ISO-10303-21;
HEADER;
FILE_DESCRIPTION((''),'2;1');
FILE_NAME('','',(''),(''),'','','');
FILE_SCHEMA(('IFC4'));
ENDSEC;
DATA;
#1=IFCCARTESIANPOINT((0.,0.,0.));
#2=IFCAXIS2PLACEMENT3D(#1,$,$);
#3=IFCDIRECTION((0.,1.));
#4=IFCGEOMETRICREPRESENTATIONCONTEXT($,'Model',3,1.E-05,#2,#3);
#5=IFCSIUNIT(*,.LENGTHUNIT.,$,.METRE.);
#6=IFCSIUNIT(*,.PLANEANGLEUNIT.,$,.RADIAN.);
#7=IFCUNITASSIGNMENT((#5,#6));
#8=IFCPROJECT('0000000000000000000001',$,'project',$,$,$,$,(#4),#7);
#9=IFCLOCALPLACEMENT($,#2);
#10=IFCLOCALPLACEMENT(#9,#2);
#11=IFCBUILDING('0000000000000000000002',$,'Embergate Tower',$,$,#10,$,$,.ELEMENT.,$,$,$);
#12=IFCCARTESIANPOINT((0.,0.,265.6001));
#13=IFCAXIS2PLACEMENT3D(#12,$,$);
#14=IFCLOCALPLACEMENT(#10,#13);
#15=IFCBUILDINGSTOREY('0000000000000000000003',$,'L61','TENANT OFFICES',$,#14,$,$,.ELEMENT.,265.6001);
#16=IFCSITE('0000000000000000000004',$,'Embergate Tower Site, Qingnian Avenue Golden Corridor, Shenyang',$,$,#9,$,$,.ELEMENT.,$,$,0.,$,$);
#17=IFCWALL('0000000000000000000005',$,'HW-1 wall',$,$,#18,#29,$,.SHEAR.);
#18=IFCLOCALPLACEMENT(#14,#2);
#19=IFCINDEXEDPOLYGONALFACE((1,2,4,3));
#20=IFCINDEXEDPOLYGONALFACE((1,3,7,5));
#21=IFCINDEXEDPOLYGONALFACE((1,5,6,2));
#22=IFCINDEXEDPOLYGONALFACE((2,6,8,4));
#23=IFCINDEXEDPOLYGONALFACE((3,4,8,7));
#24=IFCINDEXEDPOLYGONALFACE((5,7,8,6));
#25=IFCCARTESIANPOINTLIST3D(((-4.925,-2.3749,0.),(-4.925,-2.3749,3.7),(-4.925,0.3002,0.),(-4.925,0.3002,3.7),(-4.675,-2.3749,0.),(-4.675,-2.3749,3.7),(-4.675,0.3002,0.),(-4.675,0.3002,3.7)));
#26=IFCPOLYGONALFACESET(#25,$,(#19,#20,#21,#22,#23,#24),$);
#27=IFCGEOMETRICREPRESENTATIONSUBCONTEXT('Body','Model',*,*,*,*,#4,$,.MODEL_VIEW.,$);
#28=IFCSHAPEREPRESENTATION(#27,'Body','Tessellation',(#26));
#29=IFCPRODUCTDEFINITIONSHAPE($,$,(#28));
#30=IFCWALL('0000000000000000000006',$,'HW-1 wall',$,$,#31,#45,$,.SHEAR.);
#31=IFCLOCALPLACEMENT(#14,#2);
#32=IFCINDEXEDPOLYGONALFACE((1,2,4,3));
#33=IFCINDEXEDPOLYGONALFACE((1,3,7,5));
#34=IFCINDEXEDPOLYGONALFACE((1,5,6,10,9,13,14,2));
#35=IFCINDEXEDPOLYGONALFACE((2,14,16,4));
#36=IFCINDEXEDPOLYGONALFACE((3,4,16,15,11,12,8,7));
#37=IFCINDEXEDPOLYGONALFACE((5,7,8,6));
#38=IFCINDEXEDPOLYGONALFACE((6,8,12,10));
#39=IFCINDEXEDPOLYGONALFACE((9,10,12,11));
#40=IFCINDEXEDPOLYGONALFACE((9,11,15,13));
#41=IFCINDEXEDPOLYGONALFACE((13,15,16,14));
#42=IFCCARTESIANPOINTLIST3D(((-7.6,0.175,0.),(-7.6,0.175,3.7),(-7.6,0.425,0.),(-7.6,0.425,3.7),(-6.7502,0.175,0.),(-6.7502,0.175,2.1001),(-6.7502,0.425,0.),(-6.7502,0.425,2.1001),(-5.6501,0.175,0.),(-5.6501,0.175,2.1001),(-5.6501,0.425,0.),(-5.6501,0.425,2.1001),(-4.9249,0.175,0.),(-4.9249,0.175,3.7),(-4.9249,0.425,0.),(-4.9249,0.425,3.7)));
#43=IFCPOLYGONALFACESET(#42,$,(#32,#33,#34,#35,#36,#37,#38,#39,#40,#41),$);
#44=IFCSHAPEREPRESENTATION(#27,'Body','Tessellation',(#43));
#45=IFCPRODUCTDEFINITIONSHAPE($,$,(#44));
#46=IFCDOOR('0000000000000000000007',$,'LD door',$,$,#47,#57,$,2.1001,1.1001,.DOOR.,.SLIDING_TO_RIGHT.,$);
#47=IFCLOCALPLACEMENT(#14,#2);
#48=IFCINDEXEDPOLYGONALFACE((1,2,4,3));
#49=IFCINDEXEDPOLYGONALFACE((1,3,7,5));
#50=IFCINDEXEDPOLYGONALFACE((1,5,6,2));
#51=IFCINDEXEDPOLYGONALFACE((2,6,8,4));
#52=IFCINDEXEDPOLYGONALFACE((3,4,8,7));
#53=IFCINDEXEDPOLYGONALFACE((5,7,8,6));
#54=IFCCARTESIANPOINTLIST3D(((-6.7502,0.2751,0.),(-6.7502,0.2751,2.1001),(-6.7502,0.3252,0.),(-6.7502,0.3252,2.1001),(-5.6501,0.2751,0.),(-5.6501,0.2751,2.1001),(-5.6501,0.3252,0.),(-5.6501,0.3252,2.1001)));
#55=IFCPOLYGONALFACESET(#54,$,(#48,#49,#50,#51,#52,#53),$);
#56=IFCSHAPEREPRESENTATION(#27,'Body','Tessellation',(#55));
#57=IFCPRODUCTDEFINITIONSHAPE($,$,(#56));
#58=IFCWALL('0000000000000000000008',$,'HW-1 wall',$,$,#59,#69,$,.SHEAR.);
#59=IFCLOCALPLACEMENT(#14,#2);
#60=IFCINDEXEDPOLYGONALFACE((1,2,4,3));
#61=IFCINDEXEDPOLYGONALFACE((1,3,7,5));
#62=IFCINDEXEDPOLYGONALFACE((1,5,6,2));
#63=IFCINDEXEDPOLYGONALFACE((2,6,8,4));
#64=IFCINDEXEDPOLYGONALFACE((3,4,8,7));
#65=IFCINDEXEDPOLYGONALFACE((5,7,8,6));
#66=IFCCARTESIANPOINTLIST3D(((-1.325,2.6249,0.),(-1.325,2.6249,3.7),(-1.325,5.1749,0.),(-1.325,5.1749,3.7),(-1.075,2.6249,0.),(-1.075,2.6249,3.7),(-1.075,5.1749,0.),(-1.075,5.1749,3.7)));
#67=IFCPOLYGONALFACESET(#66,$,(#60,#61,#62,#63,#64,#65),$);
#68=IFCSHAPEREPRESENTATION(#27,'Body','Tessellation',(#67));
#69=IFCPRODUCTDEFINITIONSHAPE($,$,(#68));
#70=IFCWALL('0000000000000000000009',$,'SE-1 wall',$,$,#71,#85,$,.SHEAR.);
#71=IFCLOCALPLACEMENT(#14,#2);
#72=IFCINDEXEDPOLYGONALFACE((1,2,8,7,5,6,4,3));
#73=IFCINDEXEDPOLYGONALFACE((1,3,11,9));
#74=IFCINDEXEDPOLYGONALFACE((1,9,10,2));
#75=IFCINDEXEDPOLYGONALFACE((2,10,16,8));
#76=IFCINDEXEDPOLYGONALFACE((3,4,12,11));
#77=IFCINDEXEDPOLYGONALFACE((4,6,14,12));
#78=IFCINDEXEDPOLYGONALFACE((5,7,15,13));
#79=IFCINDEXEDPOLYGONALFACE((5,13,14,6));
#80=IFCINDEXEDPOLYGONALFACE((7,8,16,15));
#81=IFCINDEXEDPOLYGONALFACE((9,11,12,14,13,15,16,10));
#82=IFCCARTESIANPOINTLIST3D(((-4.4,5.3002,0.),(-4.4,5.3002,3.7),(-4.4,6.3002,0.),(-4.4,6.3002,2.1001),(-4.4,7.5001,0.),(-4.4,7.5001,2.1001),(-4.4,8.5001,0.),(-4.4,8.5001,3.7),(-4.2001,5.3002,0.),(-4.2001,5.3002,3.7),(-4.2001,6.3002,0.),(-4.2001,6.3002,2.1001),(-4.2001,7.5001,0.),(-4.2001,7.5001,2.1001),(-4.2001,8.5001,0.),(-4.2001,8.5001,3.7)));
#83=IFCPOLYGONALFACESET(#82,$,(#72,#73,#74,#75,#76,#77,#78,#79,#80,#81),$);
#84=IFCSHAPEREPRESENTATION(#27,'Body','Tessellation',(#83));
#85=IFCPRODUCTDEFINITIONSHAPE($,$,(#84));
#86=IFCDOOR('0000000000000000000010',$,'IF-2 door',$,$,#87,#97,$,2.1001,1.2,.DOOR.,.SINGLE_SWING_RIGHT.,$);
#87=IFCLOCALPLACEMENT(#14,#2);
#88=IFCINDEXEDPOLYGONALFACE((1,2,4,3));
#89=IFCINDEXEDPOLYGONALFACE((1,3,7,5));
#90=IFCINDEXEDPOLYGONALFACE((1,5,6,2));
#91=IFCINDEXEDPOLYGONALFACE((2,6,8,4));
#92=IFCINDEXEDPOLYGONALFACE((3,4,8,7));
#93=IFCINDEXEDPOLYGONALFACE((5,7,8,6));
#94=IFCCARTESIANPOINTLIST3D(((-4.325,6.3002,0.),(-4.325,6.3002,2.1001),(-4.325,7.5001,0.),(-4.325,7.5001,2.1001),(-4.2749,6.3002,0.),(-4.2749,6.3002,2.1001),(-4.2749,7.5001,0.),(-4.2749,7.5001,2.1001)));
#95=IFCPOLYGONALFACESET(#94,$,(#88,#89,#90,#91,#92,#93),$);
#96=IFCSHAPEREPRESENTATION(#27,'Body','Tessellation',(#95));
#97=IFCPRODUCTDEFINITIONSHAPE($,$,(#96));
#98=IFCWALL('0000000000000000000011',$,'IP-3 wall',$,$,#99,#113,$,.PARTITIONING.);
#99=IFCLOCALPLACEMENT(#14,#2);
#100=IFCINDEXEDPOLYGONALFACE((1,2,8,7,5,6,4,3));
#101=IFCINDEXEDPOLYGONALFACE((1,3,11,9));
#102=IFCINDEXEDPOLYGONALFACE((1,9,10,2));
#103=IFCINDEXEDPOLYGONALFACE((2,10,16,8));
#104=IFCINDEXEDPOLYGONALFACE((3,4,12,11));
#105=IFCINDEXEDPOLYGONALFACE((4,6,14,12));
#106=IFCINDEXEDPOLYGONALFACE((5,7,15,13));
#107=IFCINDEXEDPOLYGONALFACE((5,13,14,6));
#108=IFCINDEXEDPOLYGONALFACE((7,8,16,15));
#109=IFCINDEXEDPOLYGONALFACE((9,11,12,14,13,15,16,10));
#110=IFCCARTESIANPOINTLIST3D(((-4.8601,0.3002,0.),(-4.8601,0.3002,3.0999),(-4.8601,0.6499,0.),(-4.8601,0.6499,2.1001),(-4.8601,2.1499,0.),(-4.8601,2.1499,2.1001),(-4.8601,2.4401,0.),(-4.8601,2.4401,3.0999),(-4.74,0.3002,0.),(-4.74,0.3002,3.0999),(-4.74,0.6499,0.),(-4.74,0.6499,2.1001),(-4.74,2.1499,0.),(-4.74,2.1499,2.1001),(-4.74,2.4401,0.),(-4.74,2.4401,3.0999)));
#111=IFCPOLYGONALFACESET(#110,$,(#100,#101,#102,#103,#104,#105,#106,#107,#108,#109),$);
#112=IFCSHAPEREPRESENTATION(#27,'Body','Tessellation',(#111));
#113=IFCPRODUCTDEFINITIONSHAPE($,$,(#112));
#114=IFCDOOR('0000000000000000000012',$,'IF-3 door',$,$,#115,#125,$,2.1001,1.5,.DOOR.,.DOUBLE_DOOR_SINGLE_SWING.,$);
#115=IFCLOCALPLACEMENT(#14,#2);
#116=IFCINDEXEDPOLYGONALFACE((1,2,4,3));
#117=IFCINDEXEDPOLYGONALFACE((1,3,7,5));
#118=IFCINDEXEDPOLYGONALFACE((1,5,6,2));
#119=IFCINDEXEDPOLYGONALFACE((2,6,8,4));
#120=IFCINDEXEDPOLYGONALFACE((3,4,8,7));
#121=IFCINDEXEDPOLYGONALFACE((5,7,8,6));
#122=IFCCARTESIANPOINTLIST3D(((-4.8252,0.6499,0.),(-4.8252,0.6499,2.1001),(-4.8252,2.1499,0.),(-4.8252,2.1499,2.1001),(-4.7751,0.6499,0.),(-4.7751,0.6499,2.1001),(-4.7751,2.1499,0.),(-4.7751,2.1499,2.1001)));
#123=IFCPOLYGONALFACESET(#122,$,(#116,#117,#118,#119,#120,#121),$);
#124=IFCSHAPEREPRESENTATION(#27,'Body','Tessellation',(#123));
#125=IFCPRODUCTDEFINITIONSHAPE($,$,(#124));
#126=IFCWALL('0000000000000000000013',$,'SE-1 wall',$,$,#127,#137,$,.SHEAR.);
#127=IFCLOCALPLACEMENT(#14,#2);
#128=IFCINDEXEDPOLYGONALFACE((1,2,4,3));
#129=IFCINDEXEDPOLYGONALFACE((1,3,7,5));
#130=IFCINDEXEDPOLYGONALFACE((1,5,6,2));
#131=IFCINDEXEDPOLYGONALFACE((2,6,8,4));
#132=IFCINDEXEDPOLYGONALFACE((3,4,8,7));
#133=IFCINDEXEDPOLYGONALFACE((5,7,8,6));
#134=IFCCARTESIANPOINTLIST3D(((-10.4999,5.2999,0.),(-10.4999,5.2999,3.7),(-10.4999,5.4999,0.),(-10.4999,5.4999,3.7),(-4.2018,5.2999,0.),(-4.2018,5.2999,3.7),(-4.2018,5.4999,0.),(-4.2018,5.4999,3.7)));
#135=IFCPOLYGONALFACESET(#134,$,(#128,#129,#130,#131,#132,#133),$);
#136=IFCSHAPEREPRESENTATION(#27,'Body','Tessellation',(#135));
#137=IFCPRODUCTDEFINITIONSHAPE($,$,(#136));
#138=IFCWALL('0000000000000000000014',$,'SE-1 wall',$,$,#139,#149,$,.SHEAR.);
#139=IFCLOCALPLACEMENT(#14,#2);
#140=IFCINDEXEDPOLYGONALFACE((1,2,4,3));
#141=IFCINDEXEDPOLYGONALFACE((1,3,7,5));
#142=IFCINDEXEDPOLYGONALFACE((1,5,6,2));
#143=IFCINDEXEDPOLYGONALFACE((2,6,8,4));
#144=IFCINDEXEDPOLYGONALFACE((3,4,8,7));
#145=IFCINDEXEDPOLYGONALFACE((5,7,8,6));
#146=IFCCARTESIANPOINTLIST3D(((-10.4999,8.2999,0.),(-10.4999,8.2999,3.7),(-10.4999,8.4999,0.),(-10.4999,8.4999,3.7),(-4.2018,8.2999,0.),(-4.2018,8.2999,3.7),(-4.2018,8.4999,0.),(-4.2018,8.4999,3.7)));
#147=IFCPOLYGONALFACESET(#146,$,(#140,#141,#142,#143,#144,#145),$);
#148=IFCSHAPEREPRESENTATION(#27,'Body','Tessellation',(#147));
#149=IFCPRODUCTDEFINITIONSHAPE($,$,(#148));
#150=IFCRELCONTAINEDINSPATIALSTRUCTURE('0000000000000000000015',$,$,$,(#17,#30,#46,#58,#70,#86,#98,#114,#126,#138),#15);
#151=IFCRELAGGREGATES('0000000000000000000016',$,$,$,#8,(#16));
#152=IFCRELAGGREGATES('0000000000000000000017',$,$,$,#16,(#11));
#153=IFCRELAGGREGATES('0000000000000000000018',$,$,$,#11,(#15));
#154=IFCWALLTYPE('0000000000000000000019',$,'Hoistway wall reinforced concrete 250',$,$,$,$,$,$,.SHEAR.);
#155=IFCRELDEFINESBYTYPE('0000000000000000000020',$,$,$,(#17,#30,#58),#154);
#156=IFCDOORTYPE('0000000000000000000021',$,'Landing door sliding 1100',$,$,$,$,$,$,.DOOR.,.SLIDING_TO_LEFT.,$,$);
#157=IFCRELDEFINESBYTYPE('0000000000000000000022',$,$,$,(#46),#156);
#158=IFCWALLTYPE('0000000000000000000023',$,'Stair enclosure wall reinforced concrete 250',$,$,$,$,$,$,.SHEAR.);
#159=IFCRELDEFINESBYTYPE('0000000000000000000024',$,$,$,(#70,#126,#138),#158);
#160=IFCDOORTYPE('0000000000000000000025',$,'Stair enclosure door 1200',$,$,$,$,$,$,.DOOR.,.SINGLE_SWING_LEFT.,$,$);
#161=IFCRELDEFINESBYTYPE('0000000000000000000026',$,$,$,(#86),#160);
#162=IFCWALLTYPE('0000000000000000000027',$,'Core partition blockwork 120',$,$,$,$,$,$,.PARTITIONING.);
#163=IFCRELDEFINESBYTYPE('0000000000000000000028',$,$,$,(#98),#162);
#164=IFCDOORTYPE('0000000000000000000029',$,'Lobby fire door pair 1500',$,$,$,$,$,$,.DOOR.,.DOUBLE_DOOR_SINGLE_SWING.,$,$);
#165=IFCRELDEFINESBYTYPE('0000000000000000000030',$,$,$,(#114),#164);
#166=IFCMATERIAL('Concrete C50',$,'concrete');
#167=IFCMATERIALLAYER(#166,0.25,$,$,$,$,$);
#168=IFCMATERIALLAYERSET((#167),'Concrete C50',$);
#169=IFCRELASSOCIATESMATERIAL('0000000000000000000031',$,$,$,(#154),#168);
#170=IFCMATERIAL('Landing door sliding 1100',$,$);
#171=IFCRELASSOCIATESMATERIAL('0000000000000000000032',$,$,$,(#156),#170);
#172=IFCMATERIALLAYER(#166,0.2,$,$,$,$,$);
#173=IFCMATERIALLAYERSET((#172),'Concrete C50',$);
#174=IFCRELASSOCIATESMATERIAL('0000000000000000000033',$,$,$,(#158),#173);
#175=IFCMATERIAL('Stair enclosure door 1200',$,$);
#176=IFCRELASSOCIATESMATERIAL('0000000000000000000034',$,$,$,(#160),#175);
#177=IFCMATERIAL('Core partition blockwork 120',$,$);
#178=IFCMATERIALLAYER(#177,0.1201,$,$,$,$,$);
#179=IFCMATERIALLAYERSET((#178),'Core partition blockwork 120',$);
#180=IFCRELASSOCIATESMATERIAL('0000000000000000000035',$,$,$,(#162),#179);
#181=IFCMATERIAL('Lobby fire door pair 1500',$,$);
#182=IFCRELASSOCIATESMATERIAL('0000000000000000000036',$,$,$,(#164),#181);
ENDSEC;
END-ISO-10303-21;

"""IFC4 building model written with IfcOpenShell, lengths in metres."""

from ifc_helpers import new_model, si_unit, direction, frame, frame_2d, origin, place, context, subcontext, project, spatial, rectangle, extrude, source, transform, mapped, material, layer, layer_set, type_object, element, fill, save


model = new_model("IFC4")

# Units and contexts
model_context = context("Model", 3, precision=1e-05, world=origin(), true_north=direction((0.0, 1.0)))
body_context = subcontext(model_context, "Body", "Model", "MODEL_VIEW")
ifc_project = project(units=[si_unit("LENGTHUNIT", "METRE"), si_unit("PLANEANGLEUNIT", "RADIAN")], contexts=[model_context])

# Site, building, storey
site_placement = place(None, origin())
site = spatial("IfcSite", under=ifc_project, at=site_placement, Name="Embergate Tower Site, Qingnian Avenue Golden Corridor, Shenyang", CompositionType="ELEMENT", RefElevation=0.0)
building_placement = place(site_placement, origin())
building = spatial("IfcBuilding", under=site, at=building_placement, Name="Embergate Tower", CompositionType="ELEMENT")
storey_placement = place(building_placement, frame((0.0, 0.0, 265.6001)))
storey = spatial("IfcBuildingStorey", under=building, at=storey_placement, Name="L61", Description="TENANT OFFICES", CompositionType="ELEMENT", Elevation=265.6001)

# Wall
ifc_material_1 = material(Name="Concrete C50", Category="concrete")
ifc_layer_1 = layer(ifc_material_1, 0.25)
ifc_layer_set_1 = layer_set([ifc_layer_1], Name="Concrete C50")
wall_type_1 = type_object("IfcWallType", Name="Hoistway wall reinforced concrete 250", PredefinedType="SHEAR", material=ifc_layer_set_1)
shared_shape_1 = source(origin(), body_context, "Body", "SweptSolid", [
    extrude(rectangle(XDim=2.675, YDim=0.25, at=frame_2d((1.3374, 0.0))), origin(), (0.0, 0.0, 1.0), 3.7),
])
wall_1_placement = place(storey_placement, frame((-4.8, 0.3, 0.0), z_axis=(0.0, 0.0, 1.0), x_axis=(0.0, -1.0, 0.0)))
element("IfcWall", 1, at=wall_1_placement, inside=storey, type_object=wall_type_1, Name="HW-1 wall", PredefinedType="SHEAR", context=body_context, shape_type="MappedRepresentation", body=[
    mapped(shared_shape_1, transform((0.0, 0.0, 0.0))),
])

# Wall, opening, door
wall_2_placement = place(storey_placement, frame((-4.925, 0.3, 0.0), z_axis=(0.0, 0.0, 1.0), x_axis=(-1.0, 0.0, 0.0)))
wall_2 = element("IfcWall", 2, at=wall_2_placement, inside=storey, type_object=wall_type_1, Name="HW-1 wall", PredefinedType="SHEAR", context=body_context, shape_type="MappedRepresentation", body=[
    mapped(shared_shape_1, transform((0.0, 0.0, 0.0))),
])
shared_shape_2 = source(origin(), body_context, "Body", "SweptSolid", [
    extrude(rectangle(XDim=1.1001, YDim=2.1001, at=frame_2d((0.55, 1.05))), frame((0.0, 0.135, 0.0), z_axis=(0.0, -1.0, 0.0), x_axis=(1.0, 0.0, 0.0)), (0.0, 0.0, 1.0), 0.27),
])
opening_1_placement = place(wall_2_placement, frame((0.7251, 0.0, 0.0)))
opening_1 = element("IfcOpeningElement", 3, at=opening_1_placement, cuts=wall_2, PredefinedType="OPENING", context=body_context, shape_type="MappedRepresentation", body=[
    mapped(shared_shape_2, transform((0.0, 0.0, 0.0))),
])
ifc_material_2 = material(Name="Landing door sliding 1100")
door_type_1 = type_object("IfcDoorType", Name="Landing door sliding 1100", OperationType="SLIDING_TO_LEFT", PredefinedType="DOOR", material=ifc_material_2)
shared_shape_3 = source(origin(), body_context, "Body", "SweptSolid", [
    extrude(rectangle(XDim=1.1001, YDim=2.1001, at=frame_2d((0.55, 1.05))), frame((0.0, 0.0249, 0.0), z_axis=(0.0, -1.0, 0.0), x_axis=(1.0, 0.0, 0.0)), (0.0, 0.0, 1.0), 0.05),
])
door_1_placement = place(opening_1_placement, origin())
door_1 = element("IfcDoor", 4, at=door_1_placement, inside=storey, type_object=door_type_1, Name="LD door", OperationType="SLIDING_TO_RIGHT", OverallHeight=2.1001, OverallWidth=1.1001, PredefinedType="DOOR", context=body_context, shape_type="MappedRepresentation", body=[
    mapped(shared_shape_3, transform((0.0, 0.0, 0.0))),
])
fill(opening_1, door_1)

# Wall
shared_shape_4 = source(origin(), body_context, "Body", "SweptSolid", [
    extrude(rectangle(XDim=2.55, YDim=0.25, at=frame_2d((1.2749, 0.0))), origin(), (0.0, 0.0, 1.0), 3.7),
])
wall_3_placement = place(storey_placement, frame((-1.2, 2.625, 0.0), z_axis=(0.0, 0.0, 1.0), x_axis=(0.0, 1.0, 0.0)))
element("IfcWall", 5, at=wall_3_placement, inside=storey, type_object=wall_type_1, Name="HW-1 wall", PredefinedType="SHEAR", context=body_context, shape_type="MappedRepresentation", body=[
    mapped(shared_shape_4, transform((0.0, 0.0, 0.0))),
])

# Walls, openings, doors
ifc_layer_2 = layer(ifc_material_1, 0.2)
ifc_layer_set_2 = layer_set([ifc_layer_2], Name="Concrete C50")
wall_type_2 = type_object("IfcWallType", Name="Stair enclosure wall reinforced concrete 250", PredefinedType="SHEAR", material=ifc_layer_set_2)
shared_shape_5 = source(origin(), body_context, "Body", "SweptSolid", [
    extrude(rectangle(XDim=3.2, YDim=0.2, at=frame_2d((1.6001, 0.0))), origin(), (0.0, 0.0, 1.0), 3.7),
])
wall_4_placement = place(storey_placement, frame((-4.3, 5.3, 0.0), z_axis=(0.0, 0.0, 1.0), x_axis=(0.0, 1.0, 0.0)))
wall_4 = element("IfcWall", 6, at=wall_4_placement, inside=storey, type_object=wall_type_2, Name="SE-1 wall", PredefinedType="SHEAR", context=body_context, shape_type="MappedRepresentation", body=[
    mapped(shared_shape_5, transform((0.0, 0.0, 0.0))),
])
shared_shape_6 = source(origin(), body_context, "Body", "SweptSolid", [
    extrude(rectangle(XDim=1.2, YDim=2.1001, at=frame_2d((0.6001, 1.05))), frame((0.0, 0.1099, 0.0), z_axis=(0.0, -1.0, 0.0), x_axis=(1.0, 0.0, 0.0)), (0.0, 0.0, 1.0), 0.22),
])
opening_2_placement = place(wall_4_placement, frame((1.0, 0.0, 0.0)))
opening_2 = element("IfcOpeningElement", 7, at=opening_2_placement, cuts=wall_4, PredefinedType="OPENING", context=body_context, shape_type="MappedRepresentation", body=[
    mapped(shared_shape_6, transform((0.0, 0.0, 0.0))),
])
ifc_material_3 = material(Name="Stair enclosure door 1200")
door_type_2 = type_object("IfcDoorType", Name="Stair enclosure door 1200", OperationType="SINGLE_SWING_LEFT", PredefinedType="DOOR", material=ifc_material_3)
shared_shape_7 = source(origin(), body_context, "Body", "SweptSolid", [
    extrude(rectangle(XDim=1.2, YDim=2.1001, at=frame_2d((0.6001, 1.05))), frame((0.0, 0.0249, 0.0), z_axis=(0.0, -1.0, 0.0), x_axis=(1.0, 0.0, 0.0)), (0.0, 0.0, 1.0), 0.05),
])
door_2_placement = place(opening_2_placement, origin())
door_2 = element("IfcDoor", 8, at=door_2_placement, inside=storey, type_object=door_type_2, Name="IF-2 door", OperationType="SINGLE_SWING_RIGHT", OverallHeight=2.1001, OverallWidth=1.2, PredefinedType="DOOR", context=body_context, shape_type="MappedRepresentation", body=[
    mapped(shared_shape_7, transform((0.0, 0.0, 0.0))),
])
fill(opening_2, door_2)
ifc_material_4 = material(Name="Core partition blockwork 120")
ifc_layer_3 = layer(ifc_material_4, 0.1201)
ifc_layer_set_3 = layer_set([ifc_layer_3], Name="Core partition blockwork 120")
wall_type_3 = type_object("IfcWallType", Name="Core partition blockwork 120", PredefinedType="PARTITIONING", material=ifc_layer_set_3)
shared_shape_8 = source(origin(), body_context, "Body", "SweptSolid", [
    extrude(rectangle(XDim=2.1399, YDim=0.1201, at=frame_2d((1.0698, 0.0))), origin(), (0.0, 0.0, 1.0), 3.0999),
])
wall_5_placement = place(storey_placement, frame((-4.8, 2.4399, 0.0), z_axis=(0.0, 0.0, 1.0), x_axis=(0.0, -1.0, 0.0)))
wall_5 = element("IfcWall", 9, at=wall_5_placement, inside=storey, type_object=wall_type_3, Name="IP-3 wall", PredefinedType="PARTITIONING", context=body_context, shape_type="MappedRepresentation", body=[
    mapped(shared_shape_8, transform((0.0, 0.0, 0.0))),
])
shared_shape_9 = source(origin(), body_context, "Body", "SweptSolid", [
    extrude(rectangle(XDim=1.5, YDim=2.1001, at=frame_2d((0.75, 1.05))), frame((0.0, 0.0701, 0.0), z_axis=(0.0, -1.0, 0.0), x_axis=(1.0, 0.0, 0.0)), (0.0, 0.0, 1.0), 0.1401),
])
opening_3_placement = place(wall_5_placement, frame((0.29, 0.0, 0.0)))
opening_3 = element("IfcOpeningElement", 10, at=opening_3_placement, cuts=wall_5, PredefinedType="OPENING", context=body_context, shape_type="MappedRepresentation", body=[
    mapped(shared_shape_9, transform((0.0, 0.0, 0.0))),
])
ifc_material_5 = material(Name="Lobby fire door pair 1500")
door_type_3 = type_object("IfcDoorType", Name="Lobby fire door pair 1500", OperationType="DOUBLE_DOOR_SINGLE_SWING", PredefinedType="DOOR", material=ifc_material_5)
shared_shape_10 = source(origin(), body_context, "Body", "SweptSolid", [
    extrude(rectangle(XDim=1.5, YDim=2.1001, at=frame_2d((0.75, 1.05))), frame((0.0, 0.0249, 0.0), z_axis=(0.0, -1.0, 0.0), x_axis=(1.0, 0.0, 0.0)), (0.0, 0.0, 1.0), 0.05),
])
door_3_placement = place(opening_3_placement, origin())
door_3 = element("IfcDoor", 11, at=door_3_placement, inside=storey, type_object=door_type_3, Name="IF-3 door", OperationType="DOUBLE_DOOR_SINGLE_SWING", OverallHeight=2.1001, OverallWidth=1.5, PredefinedType="DOOR", context=body_context, shape_type="MappedRepresentation", body=[
    mapped(shared_shape_10, transform((0.0, 0.0, 0.0))),
])
fill(opening_3, door_3)

# Walls
shared_shape_11 = source(origin(), body_context, "Body", "SweptSolid", [
    extrude(rectangle(XDim=6.2981, YDim=0.2, at=frame_2d((3.1489, 0.0))), origin(), (0.0, 0.0, 1.0), 3.7),
])
for number, where, z_axis, x_axis, name in (
    (12, (-4.2019, 5.3999, 0.0), (0.0, 0.0, 1.0), (-1.0, 0.0, 0.0), "SE-1 wall"),
    (13, (-4.2019, 8.3999, 0.0), (0.0, 0.0, 1.0), (-1.0, 0.0, 0.0), "SE-1 wall"),
):
    element("IfcWall", number, at=place(storey_placement, frame(where, z_axis=z_axis, x_axis=x_axis)), inside=storey, type_object=wall_type_2, Name=name, PredefinedType="SHEAR", context=body_context, shape_type="MappedRepresentation", body=[
        mapped(shared_shape_11, transform((0.0, 0.0, 0.0))),
    ])

save(model, "model.ifc")
